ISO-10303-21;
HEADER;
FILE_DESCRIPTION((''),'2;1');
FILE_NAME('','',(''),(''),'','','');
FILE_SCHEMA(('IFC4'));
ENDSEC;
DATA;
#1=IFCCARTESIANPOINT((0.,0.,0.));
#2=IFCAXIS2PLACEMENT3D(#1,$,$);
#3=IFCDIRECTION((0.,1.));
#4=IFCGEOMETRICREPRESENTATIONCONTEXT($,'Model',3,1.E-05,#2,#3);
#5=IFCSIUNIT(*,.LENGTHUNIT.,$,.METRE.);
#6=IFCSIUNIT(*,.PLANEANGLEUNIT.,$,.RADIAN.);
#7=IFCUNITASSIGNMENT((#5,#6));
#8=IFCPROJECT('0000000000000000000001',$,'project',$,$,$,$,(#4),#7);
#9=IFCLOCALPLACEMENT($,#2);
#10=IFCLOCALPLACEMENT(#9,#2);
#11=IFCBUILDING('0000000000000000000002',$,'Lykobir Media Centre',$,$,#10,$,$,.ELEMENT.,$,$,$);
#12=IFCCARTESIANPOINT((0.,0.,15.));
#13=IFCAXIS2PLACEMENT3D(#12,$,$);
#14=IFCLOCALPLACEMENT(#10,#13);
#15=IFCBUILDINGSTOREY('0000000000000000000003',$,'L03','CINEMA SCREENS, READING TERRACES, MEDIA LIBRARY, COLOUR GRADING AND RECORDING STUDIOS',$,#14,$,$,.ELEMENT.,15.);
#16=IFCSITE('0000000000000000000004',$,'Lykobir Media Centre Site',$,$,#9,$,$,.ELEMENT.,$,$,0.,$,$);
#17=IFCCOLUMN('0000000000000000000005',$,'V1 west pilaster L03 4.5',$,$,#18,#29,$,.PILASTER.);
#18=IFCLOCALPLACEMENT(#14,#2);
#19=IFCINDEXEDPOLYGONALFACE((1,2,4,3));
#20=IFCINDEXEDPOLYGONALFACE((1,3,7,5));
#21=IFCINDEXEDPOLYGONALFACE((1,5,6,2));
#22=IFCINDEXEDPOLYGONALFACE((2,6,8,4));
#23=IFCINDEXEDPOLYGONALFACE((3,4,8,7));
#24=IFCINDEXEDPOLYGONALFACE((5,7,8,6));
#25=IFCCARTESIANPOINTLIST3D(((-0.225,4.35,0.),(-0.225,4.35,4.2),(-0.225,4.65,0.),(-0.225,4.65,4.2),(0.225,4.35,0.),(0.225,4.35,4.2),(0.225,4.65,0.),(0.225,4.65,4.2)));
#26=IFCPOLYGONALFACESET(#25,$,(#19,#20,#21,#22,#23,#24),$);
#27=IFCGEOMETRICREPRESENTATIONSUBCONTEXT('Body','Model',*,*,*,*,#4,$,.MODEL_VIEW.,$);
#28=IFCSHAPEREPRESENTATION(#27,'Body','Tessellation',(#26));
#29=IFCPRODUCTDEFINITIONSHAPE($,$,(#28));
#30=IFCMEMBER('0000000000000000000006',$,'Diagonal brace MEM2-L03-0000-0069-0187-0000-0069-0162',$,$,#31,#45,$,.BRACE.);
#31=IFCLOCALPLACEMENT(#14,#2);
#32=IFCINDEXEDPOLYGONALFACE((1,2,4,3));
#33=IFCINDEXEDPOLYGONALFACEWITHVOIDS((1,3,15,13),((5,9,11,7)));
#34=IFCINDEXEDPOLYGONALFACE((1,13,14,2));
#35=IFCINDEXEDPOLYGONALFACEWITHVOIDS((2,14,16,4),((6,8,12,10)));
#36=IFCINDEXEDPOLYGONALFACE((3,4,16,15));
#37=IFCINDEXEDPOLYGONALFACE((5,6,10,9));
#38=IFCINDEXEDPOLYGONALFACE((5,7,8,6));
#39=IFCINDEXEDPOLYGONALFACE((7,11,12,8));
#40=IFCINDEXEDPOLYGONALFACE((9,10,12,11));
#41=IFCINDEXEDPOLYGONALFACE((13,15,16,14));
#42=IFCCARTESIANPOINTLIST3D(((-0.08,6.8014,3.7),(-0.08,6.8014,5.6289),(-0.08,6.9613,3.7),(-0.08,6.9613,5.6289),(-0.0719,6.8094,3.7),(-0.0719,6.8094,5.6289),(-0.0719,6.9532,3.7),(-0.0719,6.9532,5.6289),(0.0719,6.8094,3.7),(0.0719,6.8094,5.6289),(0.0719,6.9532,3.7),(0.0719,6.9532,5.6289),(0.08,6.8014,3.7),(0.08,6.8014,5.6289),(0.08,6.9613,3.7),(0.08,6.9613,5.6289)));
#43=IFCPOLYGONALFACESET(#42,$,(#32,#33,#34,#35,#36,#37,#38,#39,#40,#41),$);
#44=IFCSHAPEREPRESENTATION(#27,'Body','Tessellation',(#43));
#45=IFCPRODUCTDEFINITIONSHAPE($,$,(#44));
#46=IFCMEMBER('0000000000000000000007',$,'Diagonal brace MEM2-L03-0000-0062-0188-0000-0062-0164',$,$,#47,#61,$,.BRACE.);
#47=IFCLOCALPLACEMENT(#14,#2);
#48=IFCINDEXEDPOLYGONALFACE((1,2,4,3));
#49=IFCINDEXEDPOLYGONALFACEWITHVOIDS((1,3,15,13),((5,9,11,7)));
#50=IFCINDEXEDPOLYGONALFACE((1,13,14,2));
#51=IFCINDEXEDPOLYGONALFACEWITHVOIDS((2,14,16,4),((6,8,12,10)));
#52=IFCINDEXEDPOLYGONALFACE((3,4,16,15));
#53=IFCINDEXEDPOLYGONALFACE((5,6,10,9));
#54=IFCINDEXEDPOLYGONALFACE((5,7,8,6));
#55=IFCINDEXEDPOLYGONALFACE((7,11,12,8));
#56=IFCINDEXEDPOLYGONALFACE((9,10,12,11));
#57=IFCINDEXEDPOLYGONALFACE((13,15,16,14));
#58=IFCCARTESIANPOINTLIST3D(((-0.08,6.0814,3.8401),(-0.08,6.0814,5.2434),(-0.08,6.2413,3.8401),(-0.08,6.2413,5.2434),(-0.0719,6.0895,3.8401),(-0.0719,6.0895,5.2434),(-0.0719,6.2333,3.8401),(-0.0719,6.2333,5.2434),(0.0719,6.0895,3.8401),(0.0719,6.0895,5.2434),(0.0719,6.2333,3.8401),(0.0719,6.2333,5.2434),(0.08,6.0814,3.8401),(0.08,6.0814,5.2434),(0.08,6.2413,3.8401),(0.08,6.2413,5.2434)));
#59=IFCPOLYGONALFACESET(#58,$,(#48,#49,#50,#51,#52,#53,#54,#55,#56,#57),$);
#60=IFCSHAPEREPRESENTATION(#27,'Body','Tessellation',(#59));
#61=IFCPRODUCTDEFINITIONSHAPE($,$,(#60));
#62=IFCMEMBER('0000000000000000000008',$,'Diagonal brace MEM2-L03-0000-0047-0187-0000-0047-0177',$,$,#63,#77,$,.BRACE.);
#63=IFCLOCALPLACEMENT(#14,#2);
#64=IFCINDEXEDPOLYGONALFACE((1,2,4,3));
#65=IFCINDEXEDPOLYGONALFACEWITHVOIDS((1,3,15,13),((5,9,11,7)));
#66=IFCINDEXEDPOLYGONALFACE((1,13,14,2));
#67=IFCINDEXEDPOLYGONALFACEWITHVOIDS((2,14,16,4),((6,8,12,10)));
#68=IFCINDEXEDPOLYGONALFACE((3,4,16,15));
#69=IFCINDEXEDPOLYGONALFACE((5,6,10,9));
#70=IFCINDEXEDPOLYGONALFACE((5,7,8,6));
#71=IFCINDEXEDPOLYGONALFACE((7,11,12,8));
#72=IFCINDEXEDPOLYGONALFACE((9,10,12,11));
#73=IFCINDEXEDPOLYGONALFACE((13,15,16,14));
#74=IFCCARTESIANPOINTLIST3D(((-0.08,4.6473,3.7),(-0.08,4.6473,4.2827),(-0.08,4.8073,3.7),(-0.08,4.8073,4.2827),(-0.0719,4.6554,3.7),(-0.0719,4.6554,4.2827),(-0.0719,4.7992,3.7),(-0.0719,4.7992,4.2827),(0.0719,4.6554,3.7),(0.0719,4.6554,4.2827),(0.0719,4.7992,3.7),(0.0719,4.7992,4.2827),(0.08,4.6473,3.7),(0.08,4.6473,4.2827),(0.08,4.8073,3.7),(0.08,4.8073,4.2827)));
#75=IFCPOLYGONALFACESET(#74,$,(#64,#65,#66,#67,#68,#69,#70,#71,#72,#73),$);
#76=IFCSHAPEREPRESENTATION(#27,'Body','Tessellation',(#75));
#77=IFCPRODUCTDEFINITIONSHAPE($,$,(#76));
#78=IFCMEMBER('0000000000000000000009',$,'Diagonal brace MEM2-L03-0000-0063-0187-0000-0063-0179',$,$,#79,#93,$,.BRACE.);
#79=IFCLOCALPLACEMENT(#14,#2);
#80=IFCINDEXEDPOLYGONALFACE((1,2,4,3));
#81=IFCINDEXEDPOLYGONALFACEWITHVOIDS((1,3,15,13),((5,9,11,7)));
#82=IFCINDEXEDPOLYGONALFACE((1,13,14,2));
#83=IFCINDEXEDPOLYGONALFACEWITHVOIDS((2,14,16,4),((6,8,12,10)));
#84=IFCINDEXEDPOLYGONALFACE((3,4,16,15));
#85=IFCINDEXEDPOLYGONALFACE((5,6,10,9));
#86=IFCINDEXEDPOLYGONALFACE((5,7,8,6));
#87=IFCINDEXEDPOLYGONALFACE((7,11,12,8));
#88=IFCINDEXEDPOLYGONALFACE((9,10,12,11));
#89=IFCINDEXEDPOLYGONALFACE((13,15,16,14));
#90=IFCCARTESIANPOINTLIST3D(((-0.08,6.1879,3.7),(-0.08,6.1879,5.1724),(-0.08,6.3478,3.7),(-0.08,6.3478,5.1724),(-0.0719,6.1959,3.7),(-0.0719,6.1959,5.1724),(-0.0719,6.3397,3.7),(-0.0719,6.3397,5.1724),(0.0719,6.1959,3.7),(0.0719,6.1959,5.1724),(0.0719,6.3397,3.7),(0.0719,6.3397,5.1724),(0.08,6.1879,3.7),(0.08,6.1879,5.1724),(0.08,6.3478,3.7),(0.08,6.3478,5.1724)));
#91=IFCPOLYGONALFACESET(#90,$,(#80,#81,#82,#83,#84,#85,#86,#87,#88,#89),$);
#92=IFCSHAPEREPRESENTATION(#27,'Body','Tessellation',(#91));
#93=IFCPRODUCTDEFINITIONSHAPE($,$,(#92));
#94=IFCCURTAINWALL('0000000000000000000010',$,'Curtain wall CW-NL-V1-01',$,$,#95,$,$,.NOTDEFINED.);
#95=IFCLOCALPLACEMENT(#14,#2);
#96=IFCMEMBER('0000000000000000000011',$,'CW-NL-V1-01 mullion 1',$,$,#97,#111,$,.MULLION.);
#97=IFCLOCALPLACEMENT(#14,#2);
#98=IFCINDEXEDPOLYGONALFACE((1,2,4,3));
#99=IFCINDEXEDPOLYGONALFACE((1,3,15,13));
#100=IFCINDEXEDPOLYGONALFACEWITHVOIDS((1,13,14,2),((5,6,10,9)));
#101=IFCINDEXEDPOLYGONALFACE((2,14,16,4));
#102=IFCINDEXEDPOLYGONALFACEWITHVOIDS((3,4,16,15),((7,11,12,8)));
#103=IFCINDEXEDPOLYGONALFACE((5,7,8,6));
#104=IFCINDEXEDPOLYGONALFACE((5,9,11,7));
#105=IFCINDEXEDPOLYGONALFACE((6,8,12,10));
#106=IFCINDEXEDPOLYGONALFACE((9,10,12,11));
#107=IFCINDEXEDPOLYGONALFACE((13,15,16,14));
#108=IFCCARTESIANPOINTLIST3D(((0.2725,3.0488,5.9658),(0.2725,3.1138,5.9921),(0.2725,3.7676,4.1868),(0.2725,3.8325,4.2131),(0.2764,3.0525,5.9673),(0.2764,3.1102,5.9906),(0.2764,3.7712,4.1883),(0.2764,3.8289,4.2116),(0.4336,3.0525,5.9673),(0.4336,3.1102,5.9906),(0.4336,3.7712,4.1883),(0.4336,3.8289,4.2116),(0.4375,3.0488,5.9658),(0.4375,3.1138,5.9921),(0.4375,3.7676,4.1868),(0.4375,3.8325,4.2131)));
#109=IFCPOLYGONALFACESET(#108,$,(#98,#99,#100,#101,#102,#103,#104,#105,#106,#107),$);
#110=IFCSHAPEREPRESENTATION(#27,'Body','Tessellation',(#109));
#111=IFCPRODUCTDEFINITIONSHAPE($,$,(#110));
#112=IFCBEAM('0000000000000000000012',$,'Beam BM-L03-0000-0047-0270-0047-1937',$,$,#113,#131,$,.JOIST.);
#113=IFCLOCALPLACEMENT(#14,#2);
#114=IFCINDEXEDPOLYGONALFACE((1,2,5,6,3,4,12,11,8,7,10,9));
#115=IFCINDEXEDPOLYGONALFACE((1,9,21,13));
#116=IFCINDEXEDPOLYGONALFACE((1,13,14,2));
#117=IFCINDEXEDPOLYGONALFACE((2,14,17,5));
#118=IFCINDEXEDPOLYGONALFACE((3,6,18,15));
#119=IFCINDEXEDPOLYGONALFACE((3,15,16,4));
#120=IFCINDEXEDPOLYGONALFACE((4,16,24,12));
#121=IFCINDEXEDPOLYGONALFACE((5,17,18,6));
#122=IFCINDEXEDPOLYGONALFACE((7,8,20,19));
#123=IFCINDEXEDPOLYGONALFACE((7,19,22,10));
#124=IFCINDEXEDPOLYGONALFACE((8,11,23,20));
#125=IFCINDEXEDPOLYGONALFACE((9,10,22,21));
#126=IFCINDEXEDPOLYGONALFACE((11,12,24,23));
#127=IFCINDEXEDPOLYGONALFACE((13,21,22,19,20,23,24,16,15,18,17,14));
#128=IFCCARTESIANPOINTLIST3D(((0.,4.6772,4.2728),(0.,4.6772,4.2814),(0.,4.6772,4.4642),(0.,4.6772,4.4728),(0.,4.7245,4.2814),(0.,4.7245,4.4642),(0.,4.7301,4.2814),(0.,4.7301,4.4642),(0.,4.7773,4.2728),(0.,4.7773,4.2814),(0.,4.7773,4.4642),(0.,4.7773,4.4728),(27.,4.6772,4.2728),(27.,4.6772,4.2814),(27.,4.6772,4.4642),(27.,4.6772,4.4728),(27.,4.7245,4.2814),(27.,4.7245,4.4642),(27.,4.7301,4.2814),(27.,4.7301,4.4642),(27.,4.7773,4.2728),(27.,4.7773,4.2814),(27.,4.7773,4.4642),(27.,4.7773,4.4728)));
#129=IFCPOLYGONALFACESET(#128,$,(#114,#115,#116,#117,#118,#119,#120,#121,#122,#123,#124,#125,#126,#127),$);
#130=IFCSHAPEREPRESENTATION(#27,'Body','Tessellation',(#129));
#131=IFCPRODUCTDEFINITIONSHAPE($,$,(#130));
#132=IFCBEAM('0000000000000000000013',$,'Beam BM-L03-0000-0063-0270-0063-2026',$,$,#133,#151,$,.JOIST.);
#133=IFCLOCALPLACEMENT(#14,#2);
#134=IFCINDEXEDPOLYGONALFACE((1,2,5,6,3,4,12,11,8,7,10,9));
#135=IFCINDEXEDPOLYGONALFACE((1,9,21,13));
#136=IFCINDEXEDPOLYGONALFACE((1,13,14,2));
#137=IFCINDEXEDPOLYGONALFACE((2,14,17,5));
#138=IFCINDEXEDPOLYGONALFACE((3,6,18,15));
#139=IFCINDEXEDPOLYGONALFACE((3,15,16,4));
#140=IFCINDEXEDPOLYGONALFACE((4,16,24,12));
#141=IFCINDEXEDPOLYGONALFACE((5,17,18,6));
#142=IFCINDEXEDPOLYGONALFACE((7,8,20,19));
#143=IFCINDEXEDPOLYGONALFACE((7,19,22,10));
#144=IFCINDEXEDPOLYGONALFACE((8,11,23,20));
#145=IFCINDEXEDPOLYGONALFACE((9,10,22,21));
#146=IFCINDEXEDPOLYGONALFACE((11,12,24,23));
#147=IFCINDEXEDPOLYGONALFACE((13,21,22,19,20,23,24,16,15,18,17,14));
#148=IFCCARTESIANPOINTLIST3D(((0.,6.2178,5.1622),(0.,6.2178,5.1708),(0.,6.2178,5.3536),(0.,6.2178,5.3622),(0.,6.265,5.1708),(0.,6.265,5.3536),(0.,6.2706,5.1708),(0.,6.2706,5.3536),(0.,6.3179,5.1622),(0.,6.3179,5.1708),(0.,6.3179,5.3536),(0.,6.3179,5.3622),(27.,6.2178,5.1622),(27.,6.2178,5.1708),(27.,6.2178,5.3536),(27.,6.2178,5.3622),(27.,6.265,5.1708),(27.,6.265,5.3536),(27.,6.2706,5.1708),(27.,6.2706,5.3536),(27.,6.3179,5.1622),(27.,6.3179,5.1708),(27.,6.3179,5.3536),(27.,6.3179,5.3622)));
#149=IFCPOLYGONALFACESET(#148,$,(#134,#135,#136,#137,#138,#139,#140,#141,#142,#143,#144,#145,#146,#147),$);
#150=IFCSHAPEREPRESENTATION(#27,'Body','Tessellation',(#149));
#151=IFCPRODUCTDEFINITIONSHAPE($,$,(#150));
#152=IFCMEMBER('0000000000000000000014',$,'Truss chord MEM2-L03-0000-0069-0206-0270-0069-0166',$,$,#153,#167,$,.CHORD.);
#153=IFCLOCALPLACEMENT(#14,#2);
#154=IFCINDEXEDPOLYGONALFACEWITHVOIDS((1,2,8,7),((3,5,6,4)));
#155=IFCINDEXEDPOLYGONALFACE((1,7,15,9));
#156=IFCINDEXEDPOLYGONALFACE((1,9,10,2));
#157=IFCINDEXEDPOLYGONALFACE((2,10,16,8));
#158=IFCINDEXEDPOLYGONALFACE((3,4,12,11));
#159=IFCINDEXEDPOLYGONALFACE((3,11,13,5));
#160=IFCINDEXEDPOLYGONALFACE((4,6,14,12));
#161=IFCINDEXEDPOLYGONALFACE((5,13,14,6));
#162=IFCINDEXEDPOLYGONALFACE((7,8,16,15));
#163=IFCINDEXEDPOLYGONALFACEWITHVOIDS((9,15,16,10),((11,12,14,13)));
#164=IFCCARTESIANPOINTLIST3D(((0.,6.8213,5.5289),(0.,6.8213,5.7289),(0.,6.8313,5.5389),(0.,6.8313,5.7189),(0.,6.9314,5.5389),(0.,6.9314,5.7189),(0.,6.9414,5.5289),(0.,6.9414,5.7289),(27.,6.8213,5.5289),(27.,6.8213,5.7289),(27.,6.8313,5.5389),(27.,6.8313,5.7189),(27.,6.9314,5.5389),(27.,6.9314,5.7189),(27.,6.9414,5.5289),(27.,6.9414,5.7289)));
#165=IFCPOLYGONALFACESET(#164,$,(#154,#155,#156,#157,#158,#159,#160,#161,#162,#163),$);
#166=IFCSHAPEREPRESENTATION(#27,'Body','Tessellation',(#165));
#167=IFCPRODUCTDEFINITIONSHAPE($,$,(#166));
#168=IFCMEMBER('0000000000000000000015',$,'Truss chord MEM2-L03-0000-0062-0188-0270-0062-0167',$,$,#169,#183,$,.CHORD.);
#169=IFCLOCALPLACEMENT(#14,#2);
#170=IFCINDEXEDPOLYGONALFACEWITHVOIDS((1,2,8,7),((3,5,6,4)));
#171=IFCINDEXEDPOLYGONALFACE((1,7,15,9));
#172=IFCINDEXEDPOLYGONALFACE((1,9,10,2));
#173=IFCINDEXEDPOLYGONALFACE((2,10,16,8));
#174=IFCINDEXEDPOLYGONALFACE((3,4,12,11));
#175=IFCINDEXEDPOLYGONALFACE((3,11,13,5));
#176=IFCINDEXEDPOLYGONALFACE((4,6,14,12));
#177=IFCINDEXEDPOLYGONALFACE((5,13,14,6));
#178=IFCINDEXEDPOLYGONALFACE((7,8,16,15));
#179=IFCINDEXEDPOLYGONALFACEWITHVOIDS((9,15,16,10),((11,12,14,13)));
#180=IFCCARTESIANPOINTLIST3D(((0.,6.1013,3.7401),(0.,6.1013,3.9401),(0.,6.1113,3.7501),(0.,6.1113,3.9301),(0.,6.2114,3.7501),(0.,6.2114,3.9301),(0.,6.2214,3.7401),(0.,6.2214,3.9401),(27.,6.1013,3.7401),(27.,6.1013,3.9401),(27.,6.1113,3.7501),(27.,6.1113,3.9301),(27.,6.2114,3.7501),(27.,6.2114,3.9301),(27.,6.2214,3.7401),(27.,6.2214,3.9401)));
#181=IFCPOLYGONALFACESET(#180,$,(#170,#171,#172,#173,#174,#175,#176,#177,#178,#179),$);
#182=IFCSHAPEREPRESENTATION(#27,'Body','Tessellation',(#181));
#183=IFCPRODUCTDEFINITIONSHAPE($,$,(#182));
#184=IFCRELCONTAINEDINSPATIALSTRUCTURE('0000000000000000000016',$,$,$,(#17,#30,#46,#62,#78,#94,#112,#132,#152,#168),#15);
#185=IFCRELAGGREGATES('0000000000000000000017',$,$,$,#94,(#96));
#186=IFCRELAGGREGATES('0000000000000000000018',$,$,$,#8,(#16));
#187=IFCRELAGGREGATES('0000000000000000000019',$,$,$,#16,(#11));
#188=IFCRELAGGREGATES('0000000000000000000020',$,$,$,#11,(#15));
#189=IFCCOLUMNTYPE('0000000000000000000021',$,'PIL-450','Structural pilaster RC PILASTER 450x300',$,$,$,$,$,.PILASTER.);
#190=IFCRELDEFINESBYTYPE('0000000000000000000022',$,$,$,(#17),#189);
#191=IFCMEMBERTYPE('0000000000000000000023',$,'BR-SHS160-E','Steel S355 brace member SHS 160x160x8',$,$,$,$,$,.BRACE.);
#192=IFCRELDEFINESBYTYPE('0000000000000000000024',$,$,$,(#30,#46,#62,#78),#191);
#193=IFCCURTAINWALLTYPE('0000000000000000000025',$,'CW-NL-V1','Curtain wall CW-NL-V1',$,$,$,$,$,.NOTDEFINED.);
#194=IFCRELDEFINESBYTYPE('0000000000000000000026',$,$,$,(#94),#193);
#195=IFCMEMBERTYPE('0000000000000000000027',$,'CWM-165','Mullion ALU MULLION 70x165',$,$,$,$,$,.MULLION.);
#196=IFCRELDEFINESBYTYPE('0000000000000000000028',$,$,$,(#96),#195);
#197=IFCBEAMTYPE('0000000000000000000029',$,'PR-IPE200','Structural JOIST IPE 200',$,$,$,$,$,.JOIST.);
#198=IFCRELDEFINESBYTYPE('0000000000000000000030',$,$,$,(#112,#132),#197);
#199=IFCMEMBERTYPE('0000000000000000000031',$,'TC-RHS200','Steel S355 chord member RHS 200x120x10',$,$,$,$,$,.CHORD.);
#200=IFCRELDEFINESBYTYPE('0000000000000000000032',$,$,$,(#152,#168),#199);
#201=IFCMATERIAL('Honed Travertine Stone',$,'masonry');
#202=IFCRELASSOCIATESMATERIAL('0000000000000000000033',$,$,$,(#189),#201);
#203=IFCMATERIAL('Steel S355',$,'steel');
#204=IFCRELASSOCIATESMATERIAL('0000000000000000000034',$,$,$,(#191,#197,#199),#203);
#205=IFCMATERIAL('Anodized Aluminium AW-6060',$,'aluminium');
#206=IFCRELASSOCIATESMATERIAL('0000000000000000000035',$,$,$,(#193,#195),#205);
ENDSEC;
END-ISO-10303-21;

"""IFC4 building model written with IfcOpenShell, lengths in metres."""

from ifc_helpers import new_model, si_unit, direction, frame, origin, origin_2d, place, context, subcontext, project, spatial, rectangle, hollow_rectangle, i_section, extrude, material, material_profile, profile_set, type_object, element, aggregate, save


model = new_model("IFC4")

# Units and contexts
model_context = context("Model", 3, precision=1e-05, world=origin(), true_north=direction((0.0, 1.0)))
body_context = subcontext(model_context, "Body", "Model", "MODEL_VIEW")
ifc_project = project(units=[si_unit("LENGTHUNIT", "METRE"), si_unit("PLANEANGLEUNIT", "RADIAN")], contexts=[model_context])

# Site, building, storey
site_placement = place(None, origin())
site = spatial("IfcSite", under=ifc_project, at=site_placement, Name="Lykobir Media Centre Site", CompositionType="ELEMENT", RefElevation=0.0)
building_placement = place(site_placement, origin())
building = spatial("IfcBuilding", under=site, at=building_placement, Name="Lykobir Media Centre", CompositionType="ELEMENT")
storey_placement = place(building_placement, frame((0.0, 0.0, 15.0)))
storey = spatial("IfcBuildingStorey", under=building, at=storey_placement, Name="L03", Description="CINEMA SCREENS, READING TERRACES, MEDIA LIBRARY, COLOUR GRADING AND RECORDING STUDIOS", CompositionType="ELEMENT", Elevation=15.0)

# Column
ifc_material_1 = material(Name="Honed Travertine Stone", Category="masonry")
ifc_material_profile_1 = material_profile(ifc_material_1, rectangle(XDim=0.3, YDim=0.45, at=origin_2d()), Name="RC PILASTER 450x300")
ifc_profile_set_1 = profile_set([ifc_material_profile_1], Name="Honed Travertine Stone")
column_type = type_object("IfcColumnType", Name="PIL-450", Description="Structural pilaster RC PILASTER 450x300", PredefinedType="PILASTER", material=ifc_profile_set_1)
column_placement = place(storey_placement, frame((0.0, 4.5, 0.0), z_axis=(0.0, 0.0, 1.0), x_axis=(0.0, 1.0, 0.0)))
element("IfcColumn", 1, at=column_placement, inside=storey, type_object=column_type, Name="V1 west pilaster L03 4.5", PredefinedType="PILASTER", context=body_context, shape_type="SweptSolid", body=[
    extrude(rectangle(XDim=0.3, YDim=0.45, at=origin_2d()), origin(), (0.0, 0.0, 1.0), 4.2),
])

# Members
ifc_material_2 = material(Name="Steel S355", Category="steel")
ifc_material_profile_2 = material_profile(ifc_material_2, hollow_rectangle(XDim=0.1599, YDim=0.1599, WallThickness=0.0081, at=origin_2d()), Name="SHS 160x160x8")
ifc_profile_set_2 = profile_set([ifc_material_profile_2], Name="Steel S355")
member_type_1 = type_object("IfcMemberType", Name="BR-SHS160-E", Description="Steel S355 brace member SHS 160x160x8", PredefinedType="BRACE", material=ifc_profile_set_2)
member_1_placement = place(storey_placement, frame((0.0, 6.8813, 3.7), z_axis=(0.0, 0.0, 1.0), x_axis=(1.0, 0.0, 0.0)))
element("IfcMember", 2, at=member_1_placement, inside=storey, type_object=member_type_1, Name="Diagonal brace MEM2-L03-0000-0069-0187-0000-0069-0162", PredefinedType="BRACE", context=body_context, shape_type="SweptSolid", body=[
    extrude(hollow_rectangle(XDim=0.1599, YDim=0.1599, WallThickness=0.0081, at=origin_2d()), origin(), (0.0, 0.0, 1.0), 1.929),
])
member_2_placement = place(storey_placement, frame((0.0, 6.1614, 3.8401), z_axis=(0.0, 0.0, 1.0), x_axis=(1.0, 0.0, 0.0)))
element("IfcMember", 3, at=member_2_placement, inside=storey, type_object=member_type_1, Name="Diagonal brace MEM2-L03-0000-0062-0188-0000-0062-0164", PredefinedType="BRACE", context=body_context, shape_type="SweptSolid", body=[
    extrude(hollow_rectangle(XDim=0.1599, YDim=0.1599, WallThickness=0.0081, at=origin_2d()), origin(), (0.0, 0.0, 1.0), 1.4033),
])
member_3_placement = place(storey_placement, frame((0.0, 4.7273, 3.7), z_axis=(0.0, 0.0, 1.0), x_axis=(1.0, 0.0, 0.0)))
element("IfcMember", 4, at=member_3_placement, inside=storey, type_object=member_type_1, Name="Diagonal brace MEM2-L03-0000-0047-0187-0000-0047-0177", PredefinedType="BRACE", context=body_context, shape_type="SweptSolid", body=[
    extrude(hollow_rectangle(XDim=0.1599, YDim=0.1599, WallThickness=0.0081, at=origin_2d()), origin(), (0.0, 0.0, 1.0), 0.5828),
])
member_4_placement = place(storey_placement, frame((0.0, 6.2678, 3.7), z_axis=(0.0, 0.0, 1.0), x_axis=(1.0, 0.0, 0.0)))
element("IfcMember", 5, at=member_4_placement, inside=storey, type_object=member_type_1, Name="Diagonal brace MEM2-L03-0000-0063-0187-0000-0063-0179", PredefinedType="BRACE", context=body_context, shape_type="SweptSolid", body=[
    extrude(hollow_rectangle(XDim=0.1599, YDim=0.1599, WallThickness=0.0081, at=origin_2d()), origin(), (0.0, 0.0, 1.0), 1.4724),
])

# Curtain wall, member
ifc_material_3 = material(Name="Anodized Aluminium AW-6060", Category="aluminium")
curtain_wall_type = type_object("IfcCurtainWallType", Name="CW-NL-V1", Description="Curtain wall CW-NL-V1", PredefinedType="NOTDEFINED", material=ifc_material_3)
curtain_wall_placement = place(storey_placement, origin())
curtain_wall = element("IfcCurtainWall", 6, at=curtain_wall_placement, inside=storey, type_object=curtain_wall_type, Name="Curtain wall CW-NL-V1-01", PredefinedType="NOTDEFINED")
ifc_material_profile_3 = material_profile(ifc_material_3, hollow_rectangle(XDim=0.0701, YDim=0.165, WallThickness=0.0039, at=origin_2d()), Name="ALU MULLION 70x165")
ifc_profile_set_3 = profile_set([ifc_material_profile_3], Name="Anodized Aluminium AW-6060")
member_type_2 = type_object("IfcMemberType", Name="CWM-165", Description="Mullion ALU MULLION 70x165", PredefinedType="MULLION", material=ifc_profile_set_3)
member_5_placement = place(storey_placement, frame((0.355, 3.8, 4.2), z_axis=(0.0, -0.374591, 0.92719), x_axis=(0.0, 0.92719, 0.374591)))
member_5 = element("IfcMember", 7, at=member_5_placement, type_object=member_type_2, Name="CW-NL-V1-01 mullion 1", PredefinedType="MULLION", context=body_context, shape_type="SweptSolid", body=[
    extrude(hollow_rectangle(XDim=0.0701, YDim=0.165, WallThickness=0.0039, at=origin_2d()), origin(), (0.0, 0.0, 1.0), 1.9187),
])
aggregate(curtain_wall, [member_5])

# Beams
ifc_material_profile_4 = material_profile(ifc_material_2, i_section(OverallWidth=0.1001, OverallDepth=0.2, WebThickness=0.0056, FlangeThickness=0.0085, at=origin_2d()), Name="IPE 200")
ifc_profile_set_4 = profile_set([ifc_material_profile_4], Name="Steel S355")
beam_type = type_object("IfcBeamType", Name="PR-IPE200", Description="Structural JOIST IPE 200", PredefinedType="JOIST", material=ifc_profile_set_4)
for number, where, z_axis, x_axis, name in (
    (8, (0.0, 4.7273, 4.3728), (1.0, 0.0, 0.0), (0.0, 1.0, 0.0), "Beam BM-L03-0000-0047-0270-0047-1937"),
    (9, (0.0, 6.2678, 5.2622), (1.0, 0.0, 0.0), (0.0, 1.0, 0.0), "Beam BM-L03-0000-0063-0270-0063-2026"),
):
    element("IfcBeam", number, at=place(storey_placement, frame(where, z_axis=z_axis, x_axis=x_axis)), inside=storey, type_object=beam_type, Name=name, PredefinedType="JOIST", context=body_context, shape_type="SweptSolid", body=[
        extrude(i_section(OverallWidth=0.1001, OverallDepth=0.2, WebThickness=0.0056, FlangeThickness=0.0085, at=origin_2d()), origin(), (0.0, 0.0, 1.0), 27.0),
    ])

# Members
ifc_material_profile_5 = material_profile(ifc_material_2, hollow_rectangle(XDim=0.1201, YDim=0.2, WallThickness=0.01, at=origin_2d()), Name="RHS 200x120x10")
ifc_profile_set_5 = profile_set([ifc_material_profile_5], Name="Steel S355")
member_type_3 = type_object("IfcMemberType", Name="TC-RHS200", Description="Steel S355 chord member RHS 200x120x10", PredefinedType="CHORD", material=ifc_profile_set_5)
for number, where, z_axis, x_axis, name in (
    (10, (0.0, 6.8813, 5.6289), (1.0, 0.0, 0.0), (0.0, 1.0, 0.0), "Truss chord MEM2-L03-0000-0069-0206-0270-0069-0166"),
    (11, (0.0, 6.1614, 3.8401), (1.0, 0.0, 0.0), (0.0, 1.0, 0.0), "Truss chord MEM2-L03-0000-0062-0188-0270-0062-0167"),
):
    element("IfcMember", number, at=place(storey_placement, frame(where, z_axis=z_axis, x_axis=x_axis)), inside=storey, type_object=member_type_3, Name=name, PredefinedType="CHORD", context=body_context, shape_type="SweptSolid", body=[
        extrude(hollow_rectangle(XDim=0.1201, YDim=0.2, WallThickness=0.01, at=origin_2d()), origin(), (0.0, 0.0, 1.0), 27.0),
    ])

save(model, "model.ifc")
